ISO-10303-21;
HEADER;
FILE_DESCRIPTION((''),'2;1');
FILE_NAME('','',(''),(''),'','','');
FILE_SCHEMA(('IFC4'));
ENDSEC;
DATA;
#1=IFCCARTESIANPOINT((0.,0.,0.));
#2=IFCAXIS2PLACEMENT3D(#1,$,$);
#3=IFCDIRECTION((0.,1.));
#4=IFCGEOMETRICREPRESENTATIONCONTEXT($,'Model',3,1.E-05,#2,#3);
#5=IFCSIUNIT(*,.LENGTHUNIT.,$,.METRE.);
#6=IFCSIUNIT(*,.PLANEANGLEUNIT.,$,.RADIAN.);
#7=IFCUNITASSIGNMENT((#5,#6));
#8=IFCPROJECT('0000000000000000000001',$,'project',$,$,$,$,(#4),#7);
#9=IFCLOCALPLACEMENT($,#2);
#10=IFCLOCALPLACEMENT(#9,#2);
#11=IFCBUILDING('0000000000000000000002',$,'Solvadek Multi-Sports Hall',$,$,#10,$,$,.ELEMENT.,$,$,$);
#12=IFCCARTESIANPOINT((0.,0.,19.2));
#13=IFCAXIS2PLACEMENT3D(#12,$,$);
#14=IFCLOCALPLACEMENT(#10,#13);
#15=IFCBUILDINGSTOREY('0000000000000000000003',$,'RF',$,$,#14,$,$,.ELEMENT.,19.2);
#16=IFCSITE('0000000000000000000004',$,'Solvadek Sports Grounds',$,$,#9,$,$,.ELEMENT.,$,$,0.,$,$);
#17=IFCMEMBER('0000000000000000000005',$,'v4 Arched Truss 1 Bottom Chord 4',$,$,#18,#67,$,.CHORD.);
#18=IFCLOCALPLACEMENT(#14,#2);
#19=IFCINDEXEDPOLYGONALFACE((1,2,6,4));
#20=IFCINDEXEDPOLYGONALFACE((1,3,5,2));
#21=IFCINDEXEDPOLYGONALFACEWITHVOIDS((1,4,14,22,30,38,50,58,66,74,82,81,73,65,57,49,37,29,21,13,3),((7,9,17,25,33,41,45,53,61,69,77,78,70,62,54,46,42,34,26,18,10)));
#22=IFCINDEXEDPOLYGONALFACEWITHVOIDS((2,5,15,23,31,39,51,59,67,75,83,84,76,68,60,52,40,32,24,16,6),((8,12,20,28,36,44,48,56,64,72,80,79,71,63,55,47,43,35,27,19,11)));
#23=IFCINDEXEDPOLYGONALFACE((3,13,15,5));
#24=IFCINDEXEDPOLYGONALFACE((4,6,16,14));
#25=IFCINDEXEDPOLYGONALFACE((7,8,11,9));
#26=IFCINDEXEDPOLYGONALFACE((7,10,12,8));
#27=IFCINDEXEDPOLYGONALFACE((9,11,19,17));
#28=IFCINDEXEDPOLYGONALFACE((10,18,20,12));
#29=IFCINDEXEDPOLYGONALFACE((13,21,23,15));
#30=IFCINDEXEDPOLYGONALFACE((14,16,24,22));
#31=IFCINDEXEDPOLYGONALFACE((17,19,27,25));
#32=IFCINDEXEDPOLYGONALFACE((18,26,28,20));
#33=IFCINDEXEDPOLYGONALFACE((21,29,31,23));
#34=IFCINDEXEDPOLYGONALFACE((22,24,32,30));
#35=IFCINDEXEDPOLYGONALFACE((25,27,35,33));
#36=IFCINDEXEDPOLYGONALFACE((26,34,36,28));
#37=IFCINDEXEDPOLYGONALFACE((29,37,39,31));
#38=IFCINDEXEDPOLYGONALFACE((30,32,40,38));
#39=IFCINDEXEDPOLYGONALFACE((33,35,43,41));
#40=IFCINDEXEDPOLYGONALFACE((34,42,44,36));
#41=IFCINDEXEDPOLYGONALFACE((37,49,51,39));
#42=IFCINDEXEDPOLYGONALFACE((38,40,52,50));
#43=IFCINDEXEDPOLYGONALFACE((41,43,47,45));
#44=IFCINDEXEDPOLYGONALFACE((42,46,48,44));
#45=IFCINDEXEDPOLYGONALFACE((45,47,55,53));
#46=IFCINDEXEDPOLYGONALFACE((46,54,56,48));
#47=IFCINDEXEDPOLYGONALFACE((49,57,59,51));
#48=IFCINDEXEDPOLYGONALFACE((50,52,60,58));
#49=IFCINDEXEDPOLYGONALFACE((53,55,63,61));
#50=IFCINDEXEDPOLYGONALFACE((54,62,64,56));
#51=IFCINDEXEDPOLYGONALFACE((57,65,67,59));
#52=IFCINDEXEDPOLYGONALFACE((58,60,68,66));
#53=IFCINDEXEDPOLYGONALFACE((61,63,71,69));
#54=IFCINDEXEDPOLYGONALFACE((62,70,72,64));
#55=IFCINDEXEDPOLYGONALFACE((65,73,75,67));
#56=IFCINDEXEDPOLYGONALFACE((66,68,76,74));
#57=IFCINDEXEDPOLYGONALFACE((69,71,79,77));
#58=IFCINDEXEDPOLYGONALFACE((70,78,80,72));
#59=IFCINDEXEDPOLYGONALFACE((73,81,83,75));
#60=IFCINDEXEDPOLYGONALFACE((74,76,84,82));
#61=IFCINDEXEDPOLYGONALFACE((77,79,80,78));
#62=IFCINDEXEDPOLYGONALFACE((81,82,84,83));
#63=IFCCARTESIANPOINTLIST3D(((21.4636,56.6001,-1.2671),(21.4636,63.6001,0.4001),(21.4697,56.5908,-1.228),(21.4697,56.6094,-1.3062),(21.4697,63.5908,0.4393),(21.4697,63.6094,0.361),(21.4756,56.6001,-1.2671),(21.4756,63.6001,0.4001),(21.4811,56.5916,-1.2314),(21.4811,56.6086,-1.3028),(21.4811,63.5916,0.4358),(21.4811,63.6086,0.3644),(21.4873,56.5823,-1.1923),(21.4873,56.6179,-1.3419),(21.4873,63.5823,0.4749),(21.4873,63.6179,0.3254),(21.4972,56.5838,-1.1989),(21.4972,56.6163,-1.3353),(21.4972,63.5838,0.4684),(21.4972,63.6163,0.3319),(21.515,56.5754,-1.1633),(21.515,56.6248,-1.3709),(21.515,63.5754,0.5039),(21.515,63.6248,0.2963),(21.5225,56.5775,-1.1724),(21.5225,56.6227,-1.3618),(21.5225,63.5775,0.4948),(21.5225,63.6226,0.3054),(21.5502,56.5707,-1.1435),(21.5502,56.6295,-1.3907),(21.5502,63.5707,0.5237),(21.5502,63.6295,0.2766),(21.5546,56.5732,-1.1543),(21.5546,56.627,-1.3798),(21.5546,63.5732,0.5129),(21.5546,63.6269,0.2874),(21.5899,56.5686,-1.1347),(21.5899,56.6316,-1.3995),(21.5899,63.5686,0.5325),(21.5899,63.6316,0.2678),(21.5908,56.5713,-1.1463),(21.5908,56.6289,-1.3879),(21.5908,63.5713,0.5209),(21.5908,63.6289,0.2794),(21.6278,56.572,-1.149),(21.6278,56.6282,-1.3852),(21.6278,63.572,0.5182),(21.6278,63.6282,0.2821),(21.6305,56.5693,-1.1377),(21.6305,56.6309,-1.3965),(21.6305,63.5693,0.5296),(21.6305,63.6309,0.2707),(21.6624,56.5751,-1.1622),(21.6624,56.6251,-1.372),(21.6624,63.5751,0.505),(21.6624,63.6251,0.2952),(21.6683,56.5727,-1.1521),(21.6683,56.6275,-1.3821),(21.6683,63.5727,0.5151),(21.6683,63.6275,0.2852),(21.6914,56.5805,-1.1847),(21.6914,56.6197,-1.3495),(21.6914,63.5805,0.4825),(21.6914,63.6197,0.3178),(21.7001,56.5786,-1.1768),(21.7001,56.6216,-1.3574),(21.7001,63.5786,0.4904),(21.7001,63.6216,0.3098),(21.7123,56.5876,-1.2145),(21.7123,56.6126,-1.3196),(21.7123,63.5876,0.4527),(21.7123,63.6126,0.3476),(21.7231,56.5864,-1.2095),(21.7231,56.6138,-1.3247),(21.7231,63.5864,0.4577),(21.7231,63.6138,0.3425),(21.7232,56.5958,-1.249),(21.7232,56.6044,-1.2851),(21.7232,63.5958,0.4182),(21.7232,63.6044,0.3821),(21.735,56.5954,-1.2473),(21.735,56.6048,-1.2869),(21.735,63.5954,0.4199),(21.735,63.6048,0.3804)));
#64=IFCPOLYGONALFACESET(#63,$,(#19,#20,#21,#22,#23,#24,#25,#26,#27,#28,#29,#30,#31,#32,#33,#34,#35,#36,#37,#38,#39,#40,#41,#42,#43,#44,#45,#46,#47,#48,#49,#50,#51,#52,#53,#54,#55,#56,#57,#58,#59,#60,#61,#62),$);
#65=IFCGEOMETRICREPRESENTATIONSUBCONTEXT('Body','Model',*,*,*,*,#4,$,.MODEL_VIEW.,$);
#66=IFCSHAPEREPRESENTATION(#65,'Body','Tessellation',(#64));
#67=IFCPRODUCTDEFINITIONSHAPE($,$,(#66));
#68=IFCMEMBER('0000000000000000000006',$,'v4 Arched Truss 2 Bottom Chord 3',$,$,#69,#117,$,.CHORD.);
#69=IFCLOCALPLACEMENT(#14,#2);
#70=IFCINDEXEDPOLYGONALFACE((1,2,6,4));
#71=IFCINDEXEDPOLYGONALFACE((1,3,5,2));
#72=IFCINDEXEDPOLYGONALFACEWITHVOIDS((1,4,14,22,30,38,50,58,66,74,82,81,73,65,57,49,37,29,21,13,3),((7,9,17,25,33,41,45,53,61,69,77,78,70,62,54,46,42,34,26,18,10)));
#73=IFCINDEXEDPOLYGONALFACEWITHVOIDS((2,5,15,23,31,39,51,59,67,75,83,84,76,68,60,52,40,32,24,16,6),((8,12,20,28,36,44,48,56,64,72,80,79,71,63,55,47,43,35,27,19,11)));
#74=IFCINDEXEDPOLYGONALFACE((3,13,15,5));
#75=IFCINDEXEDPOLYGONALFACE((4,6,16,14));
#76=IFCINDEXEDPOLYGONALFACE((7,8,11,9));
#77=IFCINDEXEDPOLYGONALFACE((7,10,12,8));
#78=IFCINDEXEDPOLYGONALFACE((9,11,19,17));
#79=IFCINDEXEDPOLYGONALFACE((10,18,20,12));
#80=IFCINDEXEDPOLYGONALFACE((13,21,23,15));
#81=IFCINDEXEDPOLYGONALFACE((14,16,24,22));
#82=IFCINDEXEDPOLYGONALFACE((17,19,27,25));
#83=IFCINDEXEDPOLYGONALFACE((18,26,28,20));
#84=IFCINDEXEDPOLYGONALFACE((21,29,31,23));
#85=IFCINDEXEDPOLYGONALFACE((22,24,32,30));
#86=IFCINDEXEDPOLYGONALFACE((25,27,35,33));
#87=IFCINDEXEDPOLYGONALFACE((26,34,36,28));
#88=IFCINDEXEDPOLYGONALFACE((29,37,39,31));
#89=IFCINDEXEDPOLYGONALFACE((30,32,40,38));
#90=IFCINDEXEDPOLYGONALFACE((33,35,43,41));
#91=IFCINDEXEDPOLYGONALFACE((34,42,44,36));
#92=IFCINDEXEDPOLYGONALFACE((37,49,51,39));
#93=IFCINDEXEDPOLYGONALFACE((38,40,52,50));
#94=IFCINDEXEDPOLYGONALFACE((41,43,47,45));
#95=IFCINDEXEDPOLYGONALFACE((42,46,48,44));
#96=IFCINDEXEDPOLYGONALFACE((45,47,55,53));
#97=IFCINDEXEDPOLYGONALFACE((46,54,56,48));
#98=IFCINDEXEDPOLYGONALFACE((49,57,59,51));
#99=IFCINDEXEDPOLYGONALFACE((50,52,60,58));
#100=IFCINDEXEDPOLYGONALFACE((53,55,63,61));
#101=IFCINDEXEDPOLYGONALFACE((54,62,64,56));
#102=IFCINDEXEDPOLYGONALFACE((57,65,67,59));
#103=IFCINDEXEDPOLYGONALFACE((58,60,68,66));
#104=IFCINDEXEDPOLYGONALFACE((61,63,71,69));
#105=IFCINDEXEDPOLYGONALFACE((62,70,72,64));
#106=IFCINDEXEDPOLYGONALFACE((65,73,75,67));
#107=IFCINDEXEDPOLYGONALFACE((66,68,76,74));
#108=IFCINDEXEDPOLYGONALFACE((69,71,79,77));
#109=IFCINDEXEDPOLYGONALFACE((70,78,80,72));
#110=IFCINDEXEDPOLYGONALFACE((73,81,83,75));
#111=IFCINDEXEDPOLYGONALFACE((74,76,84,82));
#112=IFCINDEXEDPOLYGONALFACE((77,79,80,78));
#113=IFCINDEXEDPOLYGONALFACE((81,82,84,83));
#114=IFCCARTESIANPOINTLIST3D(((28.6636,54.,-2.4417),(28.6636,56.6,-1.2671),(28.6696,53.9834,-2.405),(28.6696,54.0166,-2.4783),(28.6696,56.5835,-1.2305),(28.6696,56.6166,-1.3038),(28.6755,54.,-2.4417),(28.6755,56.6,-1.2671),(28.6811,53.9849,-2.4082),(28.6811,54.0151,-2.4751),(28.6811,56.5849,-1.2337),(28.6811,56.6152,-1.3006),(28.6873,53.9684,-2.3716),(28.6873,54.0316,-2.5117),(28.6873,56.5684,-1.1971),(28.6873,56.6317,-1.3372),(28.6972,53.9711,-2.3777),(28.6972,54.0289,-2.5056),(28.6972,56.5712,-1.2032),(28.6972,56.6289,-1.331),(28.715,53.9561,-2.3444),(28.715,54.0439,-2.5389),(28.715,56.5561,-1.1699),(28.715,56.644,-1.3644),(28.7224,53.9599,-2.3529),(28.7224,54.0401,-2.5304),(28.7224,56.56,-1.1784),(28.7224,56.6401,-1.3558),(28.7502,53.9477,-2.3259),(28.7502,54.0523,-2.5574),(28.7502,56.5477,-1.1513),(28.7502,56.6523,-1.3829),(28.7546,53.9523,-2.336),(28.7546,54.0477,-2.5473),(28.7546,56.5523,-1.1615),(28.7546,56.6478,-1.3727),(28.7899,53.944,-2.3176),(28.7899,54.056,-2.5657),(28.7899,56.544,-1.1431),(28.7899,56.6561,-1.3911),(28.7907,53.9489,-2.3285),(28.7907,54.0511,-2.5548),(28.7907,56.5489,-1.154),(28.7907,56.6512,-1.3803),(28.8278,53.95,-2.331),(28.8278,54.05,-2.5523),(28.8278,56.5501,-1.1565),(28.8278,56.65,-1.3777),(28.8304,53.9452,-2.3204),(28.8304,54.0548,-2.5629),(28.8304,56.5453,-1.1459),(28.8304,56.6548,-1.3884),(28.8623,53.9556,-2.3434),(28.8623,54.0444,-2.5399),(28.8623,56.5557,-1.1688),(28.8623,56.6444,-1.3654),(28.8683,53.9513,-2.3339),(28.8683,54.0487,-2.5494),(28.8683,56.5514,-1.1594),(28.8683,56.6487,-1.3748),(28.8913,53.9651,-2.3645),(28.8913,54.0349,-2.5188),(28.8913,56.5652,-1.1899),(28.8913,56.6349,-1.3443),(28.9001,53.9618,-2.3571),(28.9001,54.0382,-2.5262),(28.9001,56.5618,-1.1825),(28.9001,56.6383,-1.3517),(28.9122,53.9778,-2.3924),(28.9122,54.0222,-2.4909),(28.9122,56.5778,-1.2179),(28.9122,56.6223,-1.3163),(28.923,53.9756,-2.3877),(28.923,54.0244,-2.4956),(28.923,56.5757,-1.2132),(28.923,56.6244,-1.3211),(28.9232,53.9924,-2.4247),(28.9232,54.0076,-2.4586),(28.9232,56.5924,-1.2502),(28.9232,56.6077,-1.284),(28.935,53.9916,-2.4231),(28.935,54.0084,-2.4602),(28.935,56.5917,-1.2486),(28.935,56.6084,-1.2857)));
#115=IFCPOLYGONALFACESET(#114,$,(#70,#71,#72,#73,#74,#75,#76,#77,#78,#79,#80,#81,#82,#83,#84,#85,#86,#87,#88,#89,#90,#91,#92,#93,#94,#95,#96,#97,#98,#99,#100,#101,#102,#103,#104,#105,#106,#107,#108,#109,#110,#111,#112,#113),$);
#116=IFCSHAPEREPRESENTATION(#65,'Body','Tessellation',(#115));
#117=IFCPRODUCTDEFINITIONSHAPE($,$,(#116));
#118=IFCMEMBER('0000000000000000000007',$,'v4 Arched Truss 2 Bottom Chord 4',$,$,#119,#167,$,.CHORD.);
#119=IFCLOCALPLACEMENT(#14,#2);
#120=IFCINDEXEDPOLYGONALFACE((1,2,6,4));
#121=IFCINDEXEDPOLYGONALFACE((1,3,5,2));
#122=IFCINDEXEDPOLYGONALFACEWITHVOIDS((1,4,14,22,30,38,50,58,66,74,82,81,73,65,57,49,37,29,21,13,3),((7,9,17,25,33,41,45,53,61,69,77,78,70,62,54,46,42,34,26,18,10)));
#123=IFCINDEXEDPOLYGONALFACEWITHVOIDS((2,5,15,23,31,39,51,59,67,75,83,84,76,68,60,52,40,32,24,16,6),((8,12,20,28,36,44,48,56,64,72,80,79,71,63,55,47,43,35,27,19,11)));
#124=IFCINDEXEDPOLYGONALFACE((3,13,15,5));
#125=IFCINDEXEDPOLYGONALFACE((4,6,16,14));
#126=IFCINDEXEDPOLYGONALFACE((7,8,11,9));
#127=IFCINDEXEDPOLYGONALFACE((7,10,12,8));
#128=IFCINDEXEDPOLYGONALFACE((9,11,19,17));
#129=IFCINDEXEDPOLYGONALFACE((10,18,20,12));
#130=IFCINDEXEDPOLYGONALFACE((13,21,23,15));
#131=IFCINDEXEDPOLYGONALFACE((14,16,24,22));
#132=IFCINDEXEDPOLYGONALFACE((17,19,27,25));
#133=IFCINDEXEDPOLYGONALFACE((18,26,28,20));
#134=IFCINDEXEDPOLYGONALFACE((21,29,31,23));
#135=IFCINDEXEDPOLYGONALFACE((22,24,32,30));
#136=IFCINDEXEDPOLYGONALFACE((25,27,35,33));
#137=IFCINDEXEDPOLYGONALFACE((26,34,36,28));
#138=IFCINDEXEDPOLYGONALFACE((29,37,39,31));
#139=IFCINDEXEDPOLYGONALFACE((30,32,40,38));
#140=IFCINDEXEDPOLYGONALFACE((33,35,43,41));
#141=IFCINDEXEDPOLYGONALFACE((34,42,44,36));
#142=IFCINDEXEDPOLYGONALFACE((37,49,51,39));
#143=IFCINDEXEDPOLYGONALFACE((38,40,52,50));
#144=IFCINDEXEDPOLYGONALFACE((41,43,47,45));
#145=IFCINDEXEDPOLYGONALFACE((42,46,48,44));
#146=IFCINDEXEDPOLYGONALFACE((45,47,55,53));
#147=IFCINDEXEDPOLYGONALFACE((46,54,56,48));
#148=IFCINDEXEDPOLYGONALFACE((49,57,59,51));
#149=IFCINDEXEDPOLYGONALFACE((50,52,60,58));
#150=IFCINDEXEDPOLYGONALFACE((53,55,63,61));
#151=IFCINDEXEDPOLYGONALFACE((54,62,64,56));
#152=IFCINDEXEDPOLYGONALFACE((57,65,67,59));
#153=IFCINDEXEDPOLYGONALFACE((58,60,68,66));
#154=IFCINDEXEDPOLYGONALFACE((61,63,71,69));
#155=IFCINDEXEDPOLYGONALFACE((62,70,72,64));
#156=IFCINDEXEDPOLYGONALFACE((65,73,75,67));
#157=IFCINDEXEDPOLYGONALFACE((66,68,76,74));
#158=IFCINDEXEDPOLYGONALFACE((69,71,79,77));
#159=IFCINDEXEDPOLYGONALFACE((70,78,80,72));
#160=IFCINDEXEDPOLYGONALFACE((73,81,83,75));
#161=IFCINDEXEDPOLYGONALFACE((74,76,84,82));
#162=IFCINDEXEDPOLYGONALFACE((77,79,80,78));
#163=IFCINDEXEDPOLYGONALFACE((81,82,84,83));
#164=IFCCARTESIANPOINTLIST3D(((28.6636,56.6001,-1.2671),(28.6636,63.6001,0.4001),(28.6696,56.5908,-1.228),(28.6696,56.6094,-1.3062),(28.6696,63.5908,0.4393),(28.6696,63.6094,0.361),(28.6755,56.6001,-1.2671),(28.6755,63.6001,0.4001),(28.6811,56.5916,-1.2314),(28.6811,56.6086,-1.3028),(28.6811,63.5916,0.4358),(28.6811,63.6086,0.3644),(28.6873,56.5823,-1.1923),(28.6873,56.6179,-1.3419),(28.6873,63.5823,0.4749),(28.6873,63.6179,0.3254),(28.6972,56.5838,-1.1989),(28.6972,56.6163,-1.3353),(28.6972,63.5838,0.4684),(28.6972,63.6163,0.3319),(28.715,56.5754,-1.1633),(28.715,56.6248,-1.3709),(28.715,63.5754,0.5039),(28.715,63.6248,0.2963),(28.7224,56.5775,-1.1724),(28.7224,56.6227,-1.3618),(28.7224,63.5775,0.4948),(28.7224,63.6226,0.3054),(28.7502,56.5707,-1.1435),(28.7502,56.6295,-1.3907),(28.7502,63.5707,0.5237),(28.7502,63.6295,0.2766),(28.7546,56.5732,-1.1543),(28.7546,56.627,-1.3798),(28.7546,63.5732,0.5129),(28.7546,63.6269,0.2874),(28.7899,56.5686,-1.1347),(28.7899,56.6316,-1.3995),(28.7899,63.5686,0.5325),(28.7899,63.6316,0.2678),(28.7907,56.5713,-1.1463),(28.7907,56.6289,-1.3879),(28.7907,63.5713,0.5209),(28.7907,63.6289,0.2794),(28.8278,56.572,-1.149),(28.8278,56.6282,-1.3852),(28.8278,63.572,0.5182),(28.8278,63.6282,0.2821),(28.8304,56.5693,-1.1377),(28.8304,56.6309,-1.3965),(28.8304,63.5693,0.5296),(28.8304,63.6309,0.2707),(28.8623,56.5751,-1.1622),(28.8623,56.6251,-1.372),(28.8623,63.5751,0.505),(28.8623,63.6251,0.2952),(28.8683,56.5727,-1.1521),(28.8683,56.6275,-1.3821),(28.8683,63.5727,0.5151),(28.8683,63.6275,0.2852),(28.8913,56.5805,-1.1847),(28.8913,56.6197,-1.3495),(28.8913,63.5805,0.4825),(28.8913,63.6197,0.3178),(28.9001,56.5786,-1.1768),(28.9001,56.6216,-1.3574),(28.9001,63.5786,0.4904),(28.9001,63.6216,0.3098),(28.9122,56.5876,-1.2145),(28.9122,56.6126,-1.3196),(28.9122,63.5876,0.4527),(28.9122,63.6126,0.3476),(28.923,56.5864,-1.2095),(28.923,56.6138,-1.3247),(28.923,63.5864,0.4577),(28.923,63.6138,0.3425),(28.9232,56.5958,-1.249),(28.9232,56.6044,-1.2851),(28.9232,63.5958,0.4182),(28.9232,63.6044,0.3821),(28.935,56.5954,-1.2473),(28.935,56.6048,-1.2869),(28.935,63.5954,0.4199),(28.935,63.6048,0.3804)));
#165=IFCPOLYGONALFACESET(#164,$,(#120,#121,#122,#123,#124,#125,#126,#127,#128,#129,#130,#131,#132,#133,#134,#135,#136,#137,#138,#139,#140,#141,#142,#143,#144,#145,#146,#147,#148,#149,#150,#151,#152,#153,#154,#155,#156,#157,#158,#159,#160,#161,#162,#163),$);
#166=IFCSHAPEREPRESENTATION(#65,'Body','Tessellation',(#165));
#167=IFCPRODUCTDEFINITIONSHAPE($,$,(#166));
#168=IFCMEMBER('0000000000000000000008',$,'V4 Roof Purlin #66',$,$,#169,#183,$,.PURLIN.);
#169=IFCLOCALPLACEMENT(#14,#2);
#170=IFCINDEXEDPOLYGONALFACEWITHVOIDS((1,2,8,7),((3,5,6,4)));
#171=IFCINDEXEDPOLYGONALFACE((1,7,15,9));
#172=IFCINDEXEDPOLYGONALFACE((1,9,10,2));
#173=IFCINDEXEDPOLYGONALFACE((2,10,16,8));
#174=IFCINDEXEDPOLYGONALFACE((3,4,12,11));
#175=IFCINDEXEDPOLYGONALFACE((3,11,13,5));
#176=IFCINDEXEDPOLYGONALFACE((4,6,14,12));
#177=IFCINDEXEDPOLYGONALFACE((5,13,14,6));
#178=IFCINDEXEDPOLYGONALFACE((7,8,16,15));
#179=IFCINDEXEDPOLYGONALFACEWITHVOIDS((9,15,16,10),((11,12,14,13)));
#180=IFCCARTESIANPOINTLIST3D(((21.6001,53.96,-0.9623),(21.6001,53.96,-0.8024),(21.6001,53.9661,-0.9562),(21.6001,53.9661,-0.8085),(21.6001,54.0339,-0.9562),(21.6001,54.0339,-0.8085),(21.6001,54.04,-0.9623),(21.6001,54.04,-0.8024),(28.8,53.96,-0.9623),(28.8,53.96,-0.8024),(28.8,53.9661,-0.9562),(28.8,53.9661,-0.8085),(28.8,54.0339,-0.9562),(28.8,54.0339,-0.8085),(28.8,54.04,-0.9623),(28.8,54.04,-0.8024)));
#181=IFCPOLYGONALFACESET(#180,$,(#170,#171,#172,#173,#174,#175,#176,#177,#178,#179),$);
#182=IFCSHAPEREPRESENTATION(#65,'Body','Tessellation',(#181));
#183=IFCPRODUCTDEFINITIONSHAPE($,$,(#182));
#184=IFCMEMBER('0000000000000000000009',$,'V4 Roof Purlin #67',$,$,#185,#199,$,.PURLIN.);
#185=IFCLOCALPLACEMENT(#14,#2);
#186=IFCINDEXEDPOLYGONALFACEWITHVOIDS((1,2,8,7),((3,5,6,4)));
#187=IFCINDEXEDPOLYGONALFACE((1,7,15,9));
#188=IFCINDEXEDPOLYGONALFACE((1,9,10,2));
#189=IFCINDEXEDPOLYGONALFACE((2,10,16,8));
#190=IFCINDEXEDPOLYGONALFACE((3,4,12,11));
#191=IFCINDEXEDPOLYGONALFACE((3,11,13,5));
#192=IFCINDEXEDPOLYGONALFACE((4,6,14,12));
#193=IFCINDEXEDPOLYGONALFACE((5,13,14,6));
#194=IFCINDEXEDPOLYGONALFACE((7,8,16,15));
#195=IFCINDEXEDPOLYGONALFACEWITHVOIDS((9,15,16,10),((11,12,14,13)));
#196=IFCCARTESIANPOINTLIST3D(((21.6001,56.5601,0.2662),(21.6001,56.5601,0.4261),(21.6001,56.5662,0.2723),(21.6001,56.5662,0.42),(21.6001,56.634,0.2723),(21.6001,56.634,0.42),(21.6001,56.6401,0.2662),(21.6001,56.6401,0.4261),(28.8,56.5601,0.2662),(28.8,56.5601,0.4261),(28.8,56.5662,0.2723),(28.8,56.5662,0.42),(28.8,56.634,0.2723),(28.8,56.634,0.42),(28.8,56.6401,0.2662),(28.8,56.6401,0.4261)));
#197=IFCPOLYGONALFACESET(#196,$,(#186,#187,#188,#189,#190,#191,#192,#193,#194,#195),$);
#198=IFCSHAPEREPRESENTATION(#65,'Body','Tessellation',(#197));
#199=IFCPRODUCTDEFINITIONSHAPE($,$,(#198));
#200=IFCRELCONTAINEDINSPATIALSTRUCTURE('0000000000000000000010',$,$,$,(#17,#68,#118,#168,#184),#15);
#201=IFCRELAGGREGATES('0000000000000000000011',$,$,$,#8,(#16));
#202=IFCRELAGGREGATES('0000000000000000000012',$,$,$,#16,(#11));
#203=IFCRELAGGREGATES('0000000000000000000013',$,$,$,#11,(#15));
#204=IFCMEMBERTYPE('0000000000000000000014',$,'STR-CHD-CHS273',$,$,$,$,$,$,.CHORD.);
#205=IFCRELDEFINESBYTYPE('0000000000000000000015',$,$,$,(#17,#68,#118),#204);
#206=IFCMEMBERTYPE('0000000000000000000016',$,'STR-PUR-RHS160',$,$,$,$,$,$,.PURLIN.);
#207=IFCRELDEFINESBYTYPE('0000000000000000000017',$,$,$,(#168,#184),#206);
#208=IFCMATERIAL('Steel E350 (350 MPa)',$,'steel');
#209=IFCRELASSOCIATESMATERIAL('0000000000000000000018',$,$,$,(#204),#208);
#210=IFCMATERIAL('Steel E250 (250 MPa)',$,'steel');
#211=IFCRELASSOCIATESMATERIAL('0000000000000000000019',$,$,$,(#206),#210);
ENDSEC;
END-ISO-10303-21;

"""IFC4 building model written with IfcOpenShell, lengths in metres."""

from ifc_helpers import new_model, si_unit, direction, frame, origin, origin_2d, place, context, subcontext, project, spatial, hollow_rectangle, hollow_circle, extrude, material, material_profile, profile_set, type_object, element, save


model = new_model("IFC4")

# Units and contexts
model_context = context("Model", 3, precision=1e-05, world=origin(), true_north=direction((0.0, 1.0)))
body_context = subcontext(model_context, "Body", "Model", "MODEL_VIEW")
ifc_project = project(units=[si_unit("LENGTHUNIT", "METRE"), si_unit("PLANEANGLEUNIT", "RADIAN")], contexts=[model_context])

# Site, building, storey
site_placement = place(None, origin())
site = spatial("IfcSite", under=ifc_project, at=site_placement, Name="Solvadek Sports Grounds", CompositionType="ELEMENT", RefElevation=0.0)
building_placement = place(site_placement, origin())
building = spatial("IfcBuilding", under=site, at=building_placement, Name="Solvadek Multi-Sports Hall", CompositionType="ELEMENT")
storey_placement = place(building_placement, frame((0.0, 0.0, 19.2)))
storey = spatial("IfcBuildingStorey", under=building, at=storey_placement, Name="RF", CompositionType="ELEMENT", Elevation=19.2)

# Members
ifc_material_1 = material(Name="Steel E350 (350 MPa)", Category="steel")
ifc_material_profile_1 = material_profile(ifc_material_1, hollow_circle(Radius=0.1365, WallThickness=0.012, at=origin_2d()), Name="CHS 273.0x12")
ifc_profile_set_1 = profile_set([ifc_material_profile_1], Name="Steel E350 (350 MPa)")
member_type_1 = type_object("IfcMemberType", Name="STR-CHD-CHS273", PredefinedType="CHORD", material=ifc_profile_set_1)
member_1_placement = place(storey_placement, frame((21.6001, 56.6001, -1.2671), z_axis=(0.0, 0.972788, 0.231695), x_axis=(-1.0, 0.0, 0.0)))
element("IfcMember", 1, at=member_1_placement, inside=storey, type_object=member_type_1, Name="v4 Arched Truss 1 Bottom Chord 4", PredefinedType="CHORD", context=body_context, shape_type="SweptSolid", body=[
    extrude(hollow_circle(Radius=0.1365, WallThickness=0.012, at=origin_2d()), origin(), (0.0, 0.0, 1.0), 7.1958),
])
member_2_placement = place(storey_placement, frame((28.8, 54.0, -2.4417), z_axis=(0.0, 0.911328, 0.411681), x_axis=(-1.0, 0.0, 0.0)))
element("IfcMember", 2, at=member_2_placement, inside=storey, type_object=member_type_1, Name="v4 Arched Truss 2 Bottom Chord 3", PredefinedType="CHORD", context=body_context, shape_type="SweptSolid", body=[
    extrude(hollow_circle(Radius=0.1365, WallThickness=0.012, at=origin_2d()), origin(), (0.0, 0.0, 1.0), 2.853),
])
member_3_placement = place(storey_placement, frame((28.8, 56.6001, -1.2671), z_axis=(0.0, 0.972788, 0.231695), x_axis=(-1.0, 0.0, 0.0)))
element("IfcMember", 3, at=member_3_placement, inside=storey, type_object=member_type_1, Name="v4 Arched Truss 2 Bottom Chord 4", PredefinedType="CHORD", context=body_context, shape_type="SweptSolid", body=[
    extrude(hollow_circle(Radius=0.1365, WallThickness=0.012, at=origin_2d()), origin(), (0.0, 0.0, 1.0), 7.1958),
])
ifc_material_2 = material(Name="Steel E250 (250 MPa)", Category="steel")
ifc_material_profile_2 = material_profile(ifc_material_2, hollow_rectangle(XDim=0.0801, YDim=0.1599, WallThickness=0.0061, at=origin_2d()), Name="RHS 160x80x6")
ifc_profile_set_2 = profile_set([ifc_material_profile_2], Name="Steel E250 (250 MPa)")
member_type_2 = type_object("IfcMemberType", Name="STR-PUR-RHS160", PredefinedType="PURLIN", material=ifc_profile_set_2)
for number, where, z_axis, x_axis, name in (
    (4, (21.6001, 54.0, -0.8823), (1.0, 0.0, 0.0), (0.0, 1.0, 0.0), "V4 Roof Purlin #66"),
    (5, (21.6001, 56.6001, 0.3462), (1.0, 0.0, 0.0), (0.0, 1.0, 0.0), "V4 Roof Purlin #67"),
):
    element("IfcMember", number, at=place(storey_placement, frame(where, z_axis=z_axis, x_axis=x_axis)), inside=storey, type_object=member_type_2, Name=name, PredefinedType="PURLIN", context=body_context, shape_type="SweptSolid", body=[
        extrude(hollow_rectangle(XDim=0.0801, YDim=0.1599, WallThickness=0.0061, at=origin_2d()), origin(), (0.0, 0.0, 1.0), 7.2),
    ])

save(model, "model.ifc")
